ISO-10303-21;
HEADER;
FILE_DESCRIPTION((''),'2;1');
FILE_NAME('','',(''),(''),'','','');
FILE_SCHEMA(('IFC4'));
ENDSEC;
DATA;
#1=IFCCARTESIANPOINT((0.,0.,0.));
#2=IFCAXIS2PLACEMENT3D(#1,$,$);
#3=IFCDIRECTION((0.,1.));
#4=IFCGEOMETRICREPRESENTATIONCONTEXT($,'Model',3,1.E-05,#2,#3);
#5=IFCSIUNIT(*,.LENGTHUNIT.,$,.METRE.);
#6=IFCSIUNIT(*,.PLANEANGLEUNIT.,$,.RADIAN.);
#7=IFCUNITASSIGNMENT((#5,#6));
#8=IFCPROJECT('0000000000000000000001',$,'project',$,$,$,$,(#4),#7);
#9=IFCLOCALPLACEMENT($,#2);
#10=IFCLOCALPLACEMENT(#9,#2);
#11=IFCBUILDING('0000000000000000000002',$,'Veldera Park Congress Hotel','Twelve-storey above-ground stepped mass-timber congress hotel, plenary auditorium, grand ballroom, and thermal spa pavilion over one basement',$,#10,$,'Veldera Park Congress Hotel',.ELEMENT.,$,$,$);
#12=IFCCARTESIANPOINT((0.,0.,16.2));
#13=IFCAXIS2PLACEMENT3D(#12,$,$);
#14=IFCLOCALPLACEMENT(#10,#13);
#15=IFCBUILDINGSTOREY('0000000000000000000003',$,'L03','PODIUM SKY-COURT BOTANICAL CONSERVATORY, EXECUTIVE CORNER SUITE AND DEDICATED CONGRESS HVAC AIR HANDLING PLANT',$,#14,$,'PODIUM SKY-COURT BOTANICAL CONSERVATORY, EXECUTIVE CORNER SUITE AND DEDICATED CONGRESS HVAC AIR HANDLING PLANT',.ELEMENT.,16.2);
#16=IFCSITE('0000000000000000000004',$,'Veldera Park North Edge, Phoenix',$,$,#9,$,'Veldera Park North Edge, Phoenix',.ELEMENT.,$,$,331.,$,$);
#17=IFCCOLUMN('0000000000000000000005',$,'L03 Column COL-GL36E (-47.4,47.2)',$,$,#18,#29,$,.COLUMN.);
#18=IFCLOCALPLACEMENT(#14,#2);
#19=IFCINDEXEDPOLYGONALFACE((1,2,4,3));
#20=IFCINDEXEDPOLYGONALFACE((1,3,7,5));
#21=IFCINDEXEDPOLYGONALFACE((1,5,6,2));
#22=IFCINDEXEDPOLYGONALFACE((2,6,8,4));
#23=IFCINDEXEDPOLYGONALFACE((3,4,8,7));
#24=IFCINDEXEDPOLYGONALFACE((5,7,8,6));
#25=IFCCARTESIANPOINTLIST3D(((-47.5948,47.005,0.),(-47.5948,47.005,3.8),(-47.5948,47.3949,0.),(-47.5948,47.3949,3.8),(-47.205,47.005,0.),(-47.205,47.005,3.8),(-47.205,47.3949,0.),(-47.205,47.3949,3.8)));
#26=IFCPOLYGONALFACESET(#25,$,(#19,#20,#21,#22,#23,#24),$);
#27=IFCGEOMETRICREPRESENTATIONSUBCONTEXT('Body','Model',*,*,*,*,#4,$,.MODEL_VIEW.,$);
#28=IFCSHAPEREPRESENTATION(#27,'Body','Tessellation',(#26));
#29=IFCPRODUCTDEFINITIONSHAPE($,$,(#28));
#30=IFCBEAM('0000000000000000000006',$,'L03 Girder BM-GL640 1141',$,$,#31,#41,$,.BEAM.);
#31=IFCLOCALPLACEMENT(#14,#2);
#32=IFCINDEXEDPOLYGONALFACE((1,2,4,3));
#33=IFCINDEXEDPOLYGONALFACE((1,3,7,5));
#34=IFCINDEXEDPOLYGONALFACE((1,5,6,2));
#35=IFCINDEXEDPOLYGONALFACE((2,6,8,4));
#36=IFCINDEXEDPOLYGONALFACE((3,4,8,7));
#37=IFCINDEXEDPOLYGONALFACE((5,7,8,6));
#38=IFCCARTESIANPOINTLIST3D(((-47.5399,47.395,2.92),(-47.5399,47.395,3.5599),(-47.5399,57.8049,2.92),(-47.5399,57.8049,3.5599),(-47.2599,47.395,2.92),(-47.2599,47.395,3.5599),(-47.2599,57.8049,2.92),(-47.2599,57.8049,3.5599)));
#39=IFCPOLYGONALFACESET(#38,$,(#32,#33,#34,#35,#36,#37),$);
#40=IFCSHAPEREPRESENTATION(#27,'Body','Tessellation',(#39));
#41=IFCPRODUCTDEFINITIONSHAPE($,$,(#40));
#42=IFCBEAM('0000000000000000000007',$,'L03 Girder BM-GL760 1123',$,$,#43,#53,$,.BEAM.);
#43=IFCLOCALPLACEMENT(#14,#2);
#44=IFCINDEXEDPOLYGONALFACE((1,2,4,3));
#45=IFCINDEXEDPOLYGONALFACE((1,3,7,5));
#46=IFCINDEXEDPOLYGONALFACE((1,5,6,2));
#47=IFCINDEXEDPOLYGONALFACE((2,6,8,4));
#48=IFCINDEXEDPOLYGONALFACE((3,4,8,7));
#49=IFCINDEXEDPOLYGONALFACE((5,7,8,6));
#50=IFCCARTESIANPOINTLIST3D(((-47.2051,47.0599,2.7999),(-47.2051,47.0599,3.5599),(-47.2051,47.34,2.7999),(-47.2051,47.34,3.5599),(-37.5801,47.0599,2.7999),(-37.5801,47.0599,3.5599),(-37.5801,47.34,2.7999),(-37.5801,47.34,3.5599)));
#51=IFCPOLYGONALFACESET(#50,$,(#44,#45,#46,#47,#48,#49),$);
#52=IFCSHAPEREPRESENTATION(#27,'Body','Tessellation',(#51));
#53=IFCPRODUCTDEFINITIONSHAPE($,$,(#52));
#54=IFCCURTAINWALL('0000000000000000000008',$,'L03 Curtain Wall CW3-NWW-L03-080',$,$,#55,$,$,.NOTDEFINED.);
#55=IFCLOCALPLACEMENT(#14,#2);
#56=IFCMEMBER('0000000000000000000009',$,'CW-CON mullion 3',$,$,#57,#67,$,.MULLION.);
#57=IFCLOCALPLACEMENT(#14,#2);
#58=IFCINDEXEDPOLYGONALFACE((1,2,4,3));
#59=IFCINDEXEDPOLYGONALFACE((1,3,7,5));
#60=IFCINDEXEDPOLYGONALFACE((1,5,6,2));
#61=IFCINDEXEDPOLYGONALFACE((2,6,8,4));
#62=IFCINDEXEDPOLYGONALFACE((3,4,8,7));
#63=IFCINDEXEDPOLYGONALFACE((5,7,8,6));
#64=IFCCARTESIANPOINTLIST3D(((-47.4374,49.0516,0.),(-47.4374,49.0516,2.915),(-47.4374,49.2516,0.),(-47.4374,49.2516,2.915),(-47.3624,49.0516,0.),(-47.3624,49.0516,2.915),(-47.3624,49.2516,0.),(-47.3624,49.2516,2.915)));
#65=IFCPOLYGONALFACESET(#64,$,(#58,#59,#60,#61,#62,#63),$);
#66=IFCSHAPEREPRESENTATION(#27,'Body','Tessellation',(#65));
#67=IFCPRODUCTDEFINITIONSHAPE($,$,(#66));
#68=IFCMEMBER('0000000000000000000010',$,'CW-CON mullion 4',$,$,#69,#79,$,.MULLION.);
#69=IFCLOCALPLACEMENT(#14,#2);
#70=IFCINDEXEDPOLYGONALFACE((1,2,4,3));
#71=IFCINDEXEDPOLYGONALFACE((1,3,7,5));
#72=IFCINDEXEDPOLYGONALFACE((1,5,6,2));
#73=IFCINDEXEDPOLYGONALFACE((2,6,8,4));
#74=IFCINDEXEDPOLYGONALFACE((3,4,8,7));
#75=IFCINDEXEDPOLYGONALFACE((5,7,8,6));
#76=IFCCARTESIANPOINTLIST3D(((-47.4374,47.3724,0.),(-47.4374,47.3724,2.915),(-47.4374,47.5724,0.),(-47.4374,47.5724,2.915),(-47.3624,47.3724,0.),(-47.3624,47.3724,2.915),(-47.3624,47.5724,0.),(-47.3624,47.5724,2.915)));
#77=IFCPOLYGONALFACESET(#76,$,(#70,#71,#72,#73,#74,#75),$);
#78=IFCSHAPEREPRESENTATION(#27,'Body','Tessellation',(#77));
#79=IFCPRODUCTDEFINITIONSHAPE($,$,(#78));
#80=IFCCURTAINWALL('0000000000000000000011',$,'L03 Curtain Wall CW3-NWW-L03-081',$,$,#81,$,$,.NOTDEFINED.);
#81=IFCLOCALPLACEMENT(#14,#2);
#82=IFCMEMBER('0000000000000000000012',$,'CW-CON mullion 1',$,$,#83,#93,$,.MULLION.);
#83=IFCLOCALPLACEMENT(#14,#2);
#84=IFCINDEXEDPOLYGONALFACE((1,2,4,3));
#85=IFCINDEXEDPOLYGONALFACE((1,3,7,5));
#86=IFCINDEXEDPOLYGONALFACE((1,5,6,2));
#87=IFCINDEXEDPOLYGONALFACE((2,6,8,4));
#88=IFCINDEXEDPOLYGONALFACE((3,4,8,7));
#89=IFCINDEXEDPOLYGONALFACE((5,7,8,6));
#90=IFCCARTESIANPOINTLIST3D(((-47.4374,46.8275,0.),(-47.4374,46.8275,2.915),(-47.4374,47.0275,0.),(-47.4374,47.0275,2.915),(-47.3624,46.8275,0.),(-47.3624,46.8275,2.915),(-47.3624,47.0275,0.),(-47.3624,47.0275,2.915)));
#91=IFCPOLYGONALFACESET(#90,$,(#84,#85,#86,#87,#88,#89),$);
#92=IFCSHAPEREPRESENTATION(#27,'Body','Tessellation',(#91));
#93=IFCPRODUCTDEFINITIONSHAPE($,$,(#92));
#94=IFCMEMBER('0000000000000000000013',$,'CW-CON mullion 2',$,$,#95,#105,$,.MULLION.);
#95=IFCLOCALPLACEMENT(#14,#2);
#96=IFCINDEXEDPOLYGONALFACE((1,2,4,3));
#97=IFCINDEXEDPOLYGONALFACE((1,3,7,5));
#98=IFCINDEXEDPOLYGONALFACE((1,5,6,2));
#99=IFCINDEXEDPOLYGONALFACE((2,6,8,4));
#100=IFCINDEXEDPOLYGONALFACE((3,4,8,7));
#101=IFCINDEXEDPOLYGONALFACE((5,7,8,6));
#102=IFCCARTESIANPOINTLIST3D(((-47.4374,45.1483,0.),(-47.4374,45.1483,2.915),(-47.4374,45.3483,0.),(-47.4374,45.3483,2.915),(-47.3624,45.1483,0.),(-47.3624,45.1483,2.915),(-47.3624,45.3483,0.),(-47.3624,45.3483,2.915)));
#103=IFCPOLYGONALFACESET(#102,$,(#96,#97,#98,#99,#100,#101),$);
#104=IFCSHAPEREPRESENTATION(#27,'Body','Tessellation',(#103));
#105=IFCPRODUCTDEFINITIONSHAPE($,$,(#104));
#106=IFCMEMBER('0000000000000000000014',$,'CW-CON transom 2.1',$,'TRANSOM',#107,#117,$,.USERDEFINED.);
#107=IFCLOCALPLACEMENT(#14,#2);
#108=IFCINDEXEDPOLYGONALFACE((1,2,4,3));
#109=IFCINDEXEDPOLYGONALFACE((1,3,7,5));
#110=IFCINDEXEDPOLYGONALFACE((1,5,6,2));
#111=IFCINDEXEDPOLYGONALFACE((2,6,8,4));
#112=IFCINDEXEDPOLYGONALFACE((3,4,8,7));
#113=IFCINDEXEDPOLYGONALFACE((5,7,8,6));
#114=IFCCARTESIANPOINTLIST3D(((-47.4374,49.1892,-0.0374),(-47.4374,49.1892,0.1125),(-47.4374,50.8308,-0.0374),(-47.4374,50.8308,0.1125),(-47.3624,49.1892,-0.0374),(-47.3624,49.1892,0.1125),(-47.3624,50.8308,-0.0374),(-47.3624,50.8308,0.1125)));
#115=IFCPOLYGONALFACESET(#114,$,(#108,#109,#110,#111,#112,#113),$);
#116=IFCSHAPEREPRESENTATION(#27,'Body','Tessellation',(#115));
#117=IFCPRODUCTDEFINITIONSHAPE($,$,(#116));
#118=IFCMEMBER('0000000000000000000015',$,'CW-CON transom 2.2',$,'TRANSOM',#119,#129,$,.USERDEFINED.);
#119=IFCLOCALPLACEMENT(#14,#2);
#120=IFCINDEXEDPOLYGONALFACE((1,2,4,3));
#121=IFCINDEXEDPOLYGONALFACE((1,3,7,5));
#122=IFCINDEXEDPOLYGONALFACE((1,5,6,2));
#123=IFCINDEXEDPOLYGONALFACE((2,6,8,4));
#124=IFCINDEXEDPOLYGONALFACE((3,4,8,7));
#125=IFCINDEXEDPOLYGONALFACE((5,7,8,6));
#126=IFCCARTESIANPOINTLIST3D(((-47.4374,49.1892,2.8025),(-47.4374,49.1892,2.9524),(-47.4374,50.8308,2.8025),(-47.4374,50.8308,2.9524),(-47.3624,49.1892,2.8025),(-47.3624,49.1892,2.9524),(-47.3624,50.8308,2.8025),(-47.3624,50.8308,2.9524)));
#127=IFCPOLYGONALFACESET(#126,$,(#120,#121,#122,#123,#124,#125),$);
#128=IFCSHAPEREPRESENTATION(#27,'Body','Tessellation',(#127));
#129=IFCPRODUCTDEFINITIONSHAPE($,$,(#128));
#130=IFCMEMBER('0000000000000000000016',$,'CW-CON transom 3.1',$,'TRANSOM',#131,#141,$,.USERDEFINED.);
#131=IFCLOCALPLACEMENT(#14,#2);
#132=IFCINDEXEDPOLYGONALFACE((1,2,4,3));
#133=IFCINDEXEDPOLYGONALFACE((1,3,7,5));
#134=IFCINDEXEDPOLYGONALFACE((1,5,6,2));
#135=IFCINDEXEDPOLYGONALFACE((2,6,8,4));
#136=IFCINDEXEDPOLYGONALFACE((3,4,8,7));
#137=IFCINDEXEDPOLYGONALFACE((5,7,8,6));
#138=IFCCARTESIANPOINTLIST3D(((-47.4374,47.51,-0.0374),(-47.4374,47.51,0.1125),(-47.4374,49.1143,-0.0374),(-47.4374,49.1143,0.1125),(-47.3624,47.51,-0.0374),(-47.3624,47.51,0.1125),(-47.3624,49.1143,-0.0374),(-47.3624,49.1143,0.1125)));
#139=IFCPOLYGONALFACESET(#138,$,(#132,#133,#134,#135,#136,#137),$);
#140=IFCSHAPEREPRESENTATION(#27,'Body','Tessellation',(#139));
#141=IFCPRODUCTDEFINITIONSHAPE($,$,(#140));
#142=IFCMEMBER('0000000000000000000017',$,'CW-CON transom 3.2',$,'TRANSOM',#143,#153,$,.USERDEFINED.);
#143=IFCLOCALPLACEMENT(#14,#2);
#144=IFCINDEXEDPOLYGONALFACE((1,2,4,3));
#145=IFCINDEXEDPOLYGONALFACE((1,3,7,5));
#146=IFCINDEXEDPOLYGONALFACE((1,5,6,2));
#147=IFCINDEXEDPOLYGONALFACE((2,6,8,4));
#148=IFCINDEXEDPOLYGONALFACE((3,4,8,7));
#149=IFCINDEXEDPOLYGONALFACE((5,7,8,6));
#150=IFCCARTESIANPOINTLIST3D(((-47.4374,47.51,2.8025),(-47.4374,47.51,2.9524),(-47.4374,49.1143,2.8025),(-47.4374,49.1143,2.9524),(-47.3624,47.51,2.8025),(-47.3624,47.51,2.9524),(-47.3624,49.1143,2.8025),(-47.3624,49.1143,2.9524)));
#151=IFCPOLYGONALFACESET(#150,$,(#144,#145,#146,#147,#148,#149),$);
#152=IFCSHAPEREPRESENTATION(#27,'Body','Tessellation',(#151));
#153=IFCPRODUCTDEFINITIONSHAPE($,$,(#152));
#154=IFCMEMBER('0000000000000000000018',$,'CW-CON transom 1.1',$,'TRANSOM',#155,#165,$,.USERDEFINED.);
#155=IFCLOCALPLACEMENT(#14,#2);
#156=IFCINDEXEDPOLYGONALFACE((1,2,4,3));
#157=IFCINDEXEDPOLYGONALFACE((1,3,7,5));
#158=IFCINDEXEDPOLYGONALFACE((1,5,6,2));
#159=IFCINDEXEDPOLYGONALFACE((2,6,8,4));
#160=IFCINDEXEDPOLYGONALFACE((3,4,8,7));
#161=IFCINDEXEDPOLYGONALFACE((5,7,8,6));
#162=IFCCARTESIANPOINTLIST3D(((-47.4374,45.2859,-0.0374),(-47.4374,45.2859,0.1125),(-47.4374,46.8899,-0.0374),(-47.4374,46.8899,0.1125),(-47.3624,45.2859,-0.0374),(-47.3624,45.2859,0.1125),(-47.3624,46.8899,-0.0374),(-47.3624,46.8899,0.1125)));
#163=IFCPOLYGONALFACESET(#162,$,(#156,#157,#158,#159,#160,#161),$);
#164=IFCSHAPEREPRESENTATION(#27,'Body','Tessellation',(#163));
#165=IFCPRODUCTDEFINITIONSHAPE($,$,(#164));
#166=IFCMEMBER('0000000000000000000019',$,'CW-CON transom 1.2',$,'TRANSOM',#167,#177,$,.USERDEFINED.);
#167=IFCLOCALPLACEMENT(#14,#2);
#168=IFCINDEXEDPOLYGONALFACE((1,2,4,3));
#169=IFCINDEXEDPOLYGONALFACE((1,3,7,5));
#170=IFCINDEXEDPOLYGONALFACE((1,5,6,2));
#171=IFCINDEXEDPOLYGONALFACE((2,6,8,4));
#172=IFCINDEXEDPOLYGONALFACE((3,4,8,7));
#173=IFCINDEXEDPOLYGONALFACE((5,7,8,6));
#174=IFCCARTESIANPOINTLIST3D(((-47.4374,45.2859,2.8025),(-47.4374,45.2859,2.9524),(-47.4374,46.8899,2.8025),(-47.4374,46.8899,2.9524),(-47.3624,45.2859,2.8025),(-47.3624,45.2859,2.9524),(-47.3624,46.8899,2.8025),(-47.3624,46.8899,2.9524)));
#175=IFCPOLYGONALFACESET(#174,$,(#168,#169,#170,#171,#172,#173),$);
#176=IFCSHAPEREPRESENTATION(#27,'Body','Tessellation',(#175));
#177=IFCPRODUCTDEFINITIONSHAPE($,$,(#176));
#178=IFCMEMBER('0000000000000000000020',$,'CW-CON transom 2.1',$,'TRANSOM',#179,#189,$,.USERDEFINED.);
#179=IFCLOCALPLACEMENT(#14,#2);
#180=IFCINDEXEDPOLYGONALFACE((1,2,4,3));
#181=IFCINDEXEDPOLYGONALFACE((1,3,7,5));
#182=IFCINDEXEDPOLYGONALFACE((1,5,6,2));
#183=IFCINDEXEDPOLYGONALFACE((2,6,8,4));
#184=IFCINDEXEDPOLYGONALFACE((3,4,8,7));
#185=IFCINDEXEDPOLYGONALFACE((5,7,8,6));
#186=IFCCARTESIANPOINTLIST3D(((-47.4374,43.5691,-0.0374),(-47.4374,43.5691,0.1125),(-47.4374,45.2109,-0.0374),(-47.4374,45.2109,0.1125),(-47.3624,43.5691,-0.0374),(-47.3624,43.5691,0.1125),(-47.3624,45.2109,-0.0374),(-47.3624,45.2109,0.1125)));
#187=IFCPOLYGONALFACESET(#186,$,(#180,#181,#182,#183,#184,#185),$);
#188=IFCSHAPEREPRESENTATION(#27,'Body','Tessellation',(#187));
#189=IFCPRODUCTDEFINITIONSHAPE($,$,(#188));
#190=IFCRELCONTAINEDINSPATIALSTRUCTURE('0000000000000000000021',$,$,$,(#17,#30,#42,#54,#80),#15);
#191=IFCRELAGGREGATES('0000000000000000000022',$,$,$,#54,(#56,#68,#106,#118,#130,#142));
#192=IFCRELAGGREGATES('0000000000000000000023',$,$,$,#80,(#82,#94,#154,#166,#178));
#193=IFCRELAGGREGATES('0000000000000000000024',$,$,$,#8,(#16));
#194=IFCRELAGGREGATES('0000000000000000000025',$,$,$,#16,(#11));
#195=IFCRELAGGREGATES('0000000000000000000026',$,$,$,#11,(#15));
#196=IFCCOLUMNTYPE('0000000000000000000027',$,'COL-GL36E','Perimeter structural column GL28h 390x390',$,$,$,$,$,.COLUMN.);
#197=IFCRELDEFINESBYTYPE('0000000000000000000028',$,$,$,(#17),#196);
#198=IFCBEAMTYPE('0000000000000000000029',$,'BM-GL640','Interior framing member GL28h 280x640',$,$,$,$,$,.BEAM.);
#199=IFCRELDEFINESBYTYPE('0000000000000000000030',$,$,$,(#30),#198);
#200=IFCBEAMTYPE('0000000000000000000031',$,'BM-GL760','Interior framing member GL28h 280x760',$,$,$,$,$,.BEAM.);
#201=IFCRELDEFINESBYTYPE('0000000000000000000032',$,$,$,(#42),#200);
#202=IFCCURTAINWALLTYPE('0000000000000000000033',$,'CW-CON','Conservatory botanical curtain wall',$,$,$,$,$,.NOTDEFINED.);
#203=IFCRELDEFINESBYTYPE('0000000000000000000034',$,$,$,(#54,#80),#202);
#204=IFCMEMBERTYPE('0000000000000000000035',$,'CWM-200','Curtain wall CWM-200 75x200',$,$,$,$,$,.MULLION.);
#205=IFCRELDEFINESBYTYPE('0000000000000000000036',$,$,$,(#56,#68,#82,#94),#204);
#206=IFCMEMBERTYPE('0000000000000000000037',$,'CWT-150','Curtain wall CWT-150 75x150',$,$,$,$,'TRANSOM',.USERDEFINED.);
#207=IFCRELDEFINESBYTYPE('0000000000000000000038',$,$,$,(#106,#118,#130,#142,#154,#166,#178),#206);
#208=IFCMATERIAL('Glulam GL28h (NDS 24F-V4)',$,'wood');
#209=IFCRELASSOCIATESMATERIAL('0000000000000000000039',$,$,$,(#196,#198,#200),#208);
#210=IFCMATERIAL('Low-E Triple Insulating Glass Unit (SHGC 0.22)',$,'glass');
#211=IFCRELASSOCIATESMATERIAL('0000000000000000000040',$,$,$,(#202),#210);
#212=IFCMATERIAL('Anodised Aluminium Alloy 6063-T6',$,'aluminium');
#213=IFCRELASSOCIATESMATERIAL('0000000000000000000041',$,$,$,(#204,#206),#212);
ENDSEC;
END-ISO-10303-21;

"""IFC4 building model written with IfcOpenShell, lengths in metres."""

from ifc_helpers import new_model, si_unit, direction, frame, origin, origin_2d, place, context, subcontext, project, spatial, rectangle, extrude, material, material_profile, profile_set, type_object, element, aggregate, save


model = new_model("IFC4")

# Units and contexts
model_context = context("Model", 3, precision=1e-05, world=origin(), true_north=direction((0.0, 1.0)))
body_context = subcontext(model_context, "Body", "Model", "MODEL_VIEW")
ifc_project = project(units=[si_unit("LENGTHUNIT", "METRE"), si_unit("PLANEANGLEUNIT", "RADIAN")], contexts=[model_context])

# Site, building, storey
site_placement = place(None, origin())
site = spatial("IfcSite", under=ifc_project, at=site_placement, Name="Veldera Park North Edge, Phoenix", LongName="Veldera Park North Edge, Phoenix", CompositionType="ELEMENT", RefElevation=331.0)
building_placement = place(site_placement, origin())
building = spatial("IfcBuilding", under=site, at=building_placement, Name="Veldera Park Congress Hotel", Description="Twelve-storey above-ground stepped mass-timber congress hotel, plenary auditorium, grand ballroom, and thermal spa pavilion over one basement", LongName="Veldera Park Congress Hotel", CompositionType="ELEMENT")
storey_placement = place(building_placement, frame((0.0, 0.0, 16.2)))
storey = spatial("IfcBuildingStorey", under=building, at=storey_placement, Name="L03", Description="PODIUM SKY-COURT BOTANICAL CONSERVATORY, EXECUTIVE CORNER SUITE AND DEDICATED CONGRESS HVAC AIR HANDLING PLANT", LongName="PODIUM SKY-COURT BOTANICAL CONSERVATORY, EXECUTIVE CORNER SUITE AND DEDICATED CONGRESS HVAC AIR HANDLING PLANT", CompositionType="ELEMENT", Elevation=16.2)

# Column
ifc_material_1 = material(Name="Glulam GL28h (NDS 24F-V4)", Category="wood")
ifc_material_profile_1 = material_profile(ifc_material_1, rectangle(XDim=0.3899, YDim=0.3899, at=origin_2d()), Name="GL28h 390x390")
ifc_profile_set_1 = profile_set([ifc_material_profile_1], Name="Glulam GL28h (NDS 24F-V4)")
column_type = type_object("IfcColumnType", Name="COL-GL36E", Description="Perimeter structural column GL28h 390x390", PredefinedType="COLUMN", material=ifc_profile_set_1)
column_placement = place(storey_placement, frame((-47.3999, 47.2, 0.0), z_axis=(0.0, 0.0, 1.0), x_axis=(1.0, 0.0, 0.0)))
element("IfcColumn", 1, at=column_placement, inside=storey, type_object=column_type, Name="L03 Column COL-GL36E (-47.4,47.2)", PredefinedType="COLUMN", context=body_context, shape_type="SweptSolid", body=[
    extrude(rectangle(XDim=0.3899, YDim=0.3899, at=origin_2d()), origin(), (0.0, 0.0, 1.0), 3.8),
])

# Beams
ifc_material_profile_2 = material_profile(ifc_material_1, rectangle(XDim=0.28, YDim=0.6399, at=origin_2d()), Name="GL28h 280x640")
ifc_profile_set_2 = profile_set([ifc_material_profile_2], Name="Glulam GL28h (NDS 24F-V4)")
beam_type_1 = type_object("IfcBeamType", Name="BM-GL640", Description="Interior framing member GL28h 280x640", PredefinedType="BEAM", material=ifc_profile_set_2)
beam_1_placement = place(storey_placement, frame((-47.3999, 47.395, 3.24), z_axis=(0.0, 1.0, 0.0), x_axis=(-1.0, 0.0, 0.0)))
element("IfcBeam", 2, at=beam_1_placement, inside=storey, type_object=beam_type_1, Name="L03 Girder BM-GL640 1141", PredefinedType="BEAM", context=body_context, shape_type="SweptSolid", body=[
    extrude(rectangle(XDim=0.28, YDim=0.6399, at=origin_2d()), origin(), (0.0, 0.0, 1.0), 10.4099),
])
ifc_material_profile_3 = material_profile(ifc_material_1, rectangle(XDim=0.28, YDim=0.76, at=origin_2d()), Name="GL28h 280x760")
ifc_profile_set_3 = profile_set([ifc_material_profile_3], Name="Glulam GL28h (NDS 24F-V4)")
beam_type_2 = type_object("IfcBeamType", Name="BM-GL760", Description="Interior framing member GL28h 280x760", PredefinedType="BEAM", material=ifc_profile_set_3)
beam_2_placement = place(storey_placement, frame((-47.2051, 47.2, 3.1799), z_axis=(1.0, 0.0, 0.0), x_axis=(0.0, 1.0, 0.0)))
element("IfcBeam", 3, at=beam_2_placement, inside=storey, type_object=beam_type_2, Name="L03 Girder BM-GL760 1123", PredefinedType="BEAM", context=body_context, shape_type="SweptSolid", body=[
    extrude(rectangle(XDim=0.28, YDim=0.76, at=origin_2d()), origin(), (0.0, 0.0, 1.0), 9.625),
])

# Curtain walls, members
ifc_material_2 = material(Name="Low-E Triple Insulating Glass Unit (SHGC 0.22)", Category="glass")
curtain_wall_type = type_object("IfcCurtainWallType", Name="CW-CON", Description="Conservatory botanical curtain wall", PredefinedType="NOTDEFINED", material=ifc_material_2)
curtain_wall_1_placement = place(storey_placement, origin())
curtain_wall_1 = element("IfcCurtainWall", 4, at=curtain_wall_1_placement, inside=storey, type_object=curtain_wall_type, Name="L03 Curtain Wall CW3-NWW-L03-080", PredefinedType="NOTDEFINED")
ifc_material_3 = material(Name="Anodised Aluminium Alloy 6063-T6", Category="aluminium")
ifc_material_profile_4 = material_profile(ifc_material_3, rectangle(XDim=0.075, YDim=0.2, at=origin_2d()), Name="ALU 75x200")
ifc_profile_set_4 = profile_set([ifc_material_profile_4], Name="Anodised Aluminium Alloy 6063-T6")
member_type_1 = type_object("IfcMemberType", Name="CWM-200", Description="Curtain wall CWM-200 75x200", PredefinedType="MULLION", material=ifc_profile_set_4)
member_1_placement = place(storey_placement, frame((-47.3999, 49.1516, 0.0), z_axis=(0.0, 0.0, 1.0), x_axis=(1.0, 0.0, 0.0)))
member_1 = element("IfcMember", 5, at=member_1_placement, type_object=member_type_1, Name="CW-CON mullion 3", PredefinedType="MULLION", context=body_context, shape_type="SweptSolid", body=[
    extrude(rectangle(XDim=0.075, YDim=0.2, at=origin_2d()), origin(), (0.0, 0.0, 1.0), 2.915),
])
member_2_placement = place(storey_placement, frame((-47.3999, 47.4724, 0.0), z_axis=(0.0, 0.0, 1.0), x_axis=(1.0, 0.0, 0.0)))
member_2 = element("IfcMember", 6, at=member_2_placement, type_object=member_type_1, Name="CW-CON mullion 4", PredefinedType="MULLION", context=body_context, shape_type="SweptSolid", body=[
    extrude(rectangle(XDim=0.075, YDim=0.2, at=origin_2d()), origin(), (0.0, 0.0, 1.0), 2.915),
])
curtain_wall_2_placement = place(storey_placement, origin())
curtain_wall_2 = element("IfcCurtainWall", 7, at=curtain_wall_2_placement, inside=storey, type_object=curtain_wall_type, Name="L03 Curtain Wall CW3-NWW-L03-081", PredefinedType="NOTDEFINED")
member_3_placement = place(storey_placement, frame((-47.3999, 46.9275, 0.0), z_axis=(0.0, 0.0, 1.0), x_axis=(1.0, 0.0, 0.0)))
member_3 = element("IfcMember", 8, at=member_3_placement, type_object=member_type_1, Name="CW-CON mullion 1", PredefinedType="MULLION", context=body_context, shape_type="SweptSolid", body=[
    extrude(rectangle(XDim=0.075, YDim=0.2, at=origin_2d()), origin(), (0.0, 0.0, 1.0), 2.915),
])
member_4_placement = place(storey_placement, frame((-47.3999, 45.2483, 0.0), z_axis=(0.0, 0.0, 1.0), x_axis=(1.0, 0.0, 0.0)))
member_4 = element("IfcMember", 9, at=member_4_placement, type_object=member_type_1, Name="CW-CON mullion 2", PredefinedType="MULLION", context=body_context, shape_type="SweptSolid", body=[
    extrude(rectangle(XDim=0.075, YDim=0.2, at=origin_2d()), origin(), (0.0, 0.0, 1.0), 2.915),
])

# Members
ifc_material_profile_5 = material_profile(ifc_material_3, rectangle(XDim=0.075, YDim=0.1499, at=origin_2d()), Name="ALU 75x150")
ifc_profile_set_5 = profile_set([ifc_material_profile_5], Name="Anodised Aluminium Alloy 6063-T6")
member_type_2 = type_object("IfcMemberType", Name="CWT-150", Description="Curtain wall CWT-150 75x150", ElementType="TRANSOM", PredefinedType="USERDEFINED", material=ifc_profile_set_5)
member_5_placement = place(storey_placement, frame((-47.3999, 50.8308, 0.0376), z_axis=(0.0, -1.0, 0.0), x_axis=(1.0, 0.0, 0.0)))
member_5 = element("IfcMember", 10, at=member_5_placement, type_object=member_type_2, Name="CW-CON transom 2.1", ObjectType="TRANSOM", PredefinedType="USERDEFINED", context=body_context, shape_type="SweptSolid", body=[
    extrude(rectangle(XDim=0.075, YDim=0.1499, at=origin_2d()), origin(), (0.0, 0.0, 1.0), 1.6416),
])
member_6_placement = place(storey_placement, frame((-47.3999, 50.8308, 2.8774), z_axis=(0.0, -1.0, 0.0), x_axis=(1.0, 0.0, 0.0)))
member_6 = element("IfcMember", 11, at=member_6_placement, type_object=member_type_2, Name="CW-CON transom 2.2", ObjectType="TRANSOM", PredefinedType="USERDEFINED", context=body_context, shape_type="SweptSolid", body=[
    extrude(rectangle(XDim=0.075, YDim=0.1499, at=origin_2d()), origin(), (0.0, 0.0, 1.0), 1.6416),
])
member_7_placement = place(storey_placement, frame((-47.3999, 49.1143, 0.0376), z_axis=(0.0, -1.0, 0.0), x_axis=(1.0, 0.0, 0.0)))
member_7 = element("IfcMember", 12, at=member_7_placement, type_object=member_type_2, Name="CW-CON transom 3.1", ObjectType="TRANSOM", PredefinedType="USERDEFINED", context=body_context, shape_type="SweptSolid", body=[
    extrude(rectangle(XDim=0.075, YDim=0.1499, at=origin_2d()), origin(), (0.0, 0.0, 1.0), 1.6042),
])
member_8_placement = place(storey_placement, frame((-47.3999, 49.1143, 2.8774), z_axis=(0.0, -1.0, 0.0), x_axis=(1.0, 0.0, 0.0)))
member_8 = element("IfcMember", 13, at=member_8_placement, type_object=member_type_2, Name="CW-CON transom 3.2", ObjectType="TRANSOM", PredefinedType="USERDEFINED", context=body_context, shape_type="SweptSolid", body=[
    extrude(rectangle(XDim=0.075, YDim=0.1499, at=origin_2d()), origin(), (0.0, 0.0, 1.0), 1.6042),
])
member_9_placement = place(storey_placement, frame((-47.3999, 46.8899, 0.0376), z_axis=(0.0, -1.0, 0.0), x_axis=(1.0, 0.0, 0.0)))
member_9 = element("IfcMember", 14, at=member_9_placement, type_object=member_type_2, Name="CW-CON transom 1.1", ObjectType="TRANSOM", PredefinedType="USERDEFINED", context=body_context, shape_type="SweptSolid", body=[
    extrude(rectangle(XDim=0.075, YDim=0.1499, at=origin_2d()), origin(), (0.0, 0.0, 1.0), 1.604),
])
member_10_placement = place(storey_placement, frame((-47.3999, 46.8899, 2.8774), z_axis=(0.0, -1.0, 0.0), x_axis=(1.0, 0.0, 0.0)))
member_10 = element("IfcMember", 15, at=member_10_placement, type_object=member_type_2, Name="CW-CON transom 1.2", ObjectType="TRANSOM", PredefinedType="USERDEFINED", context=body_context, shape_type="SweptSolid", body=[
    extrude(rectangle(XDim=0.075, YDim=0.1499, at=origin_2d()), origin(), (0.0, 0.0, 1.0), 1.604),
])
member_11_placement = place(storey_placement, frame((-47.3999, 45.2109, 0.0376), z_axis=(0.0, -1.0, 0.0), x_axis=(1.0, 0.0, 0.0)))
member_11 = element("IfcMember", 16, at=member_11_placement, type_object=member_type_2, Name="CW-CON transom 2.1", ObjectType="TRANSOM", PredefinedType="USERDEFINED", context=body_context, shape_type="SweptSolid", body=[
    extrude(rectangle(XDim=0.075, YDim=0.1499, at=origin_2d()), origin(), (0.0, 0.0, 1.0), 1.6418),
])

aggregate(curtain_wall_1, [member_1, member_2, member_5, member_6, member_7, member_8])
aggregate(curtain_wall_2, [member_3, member_4, member_9, member_10, member_11])

save(model, "model.ifc")
